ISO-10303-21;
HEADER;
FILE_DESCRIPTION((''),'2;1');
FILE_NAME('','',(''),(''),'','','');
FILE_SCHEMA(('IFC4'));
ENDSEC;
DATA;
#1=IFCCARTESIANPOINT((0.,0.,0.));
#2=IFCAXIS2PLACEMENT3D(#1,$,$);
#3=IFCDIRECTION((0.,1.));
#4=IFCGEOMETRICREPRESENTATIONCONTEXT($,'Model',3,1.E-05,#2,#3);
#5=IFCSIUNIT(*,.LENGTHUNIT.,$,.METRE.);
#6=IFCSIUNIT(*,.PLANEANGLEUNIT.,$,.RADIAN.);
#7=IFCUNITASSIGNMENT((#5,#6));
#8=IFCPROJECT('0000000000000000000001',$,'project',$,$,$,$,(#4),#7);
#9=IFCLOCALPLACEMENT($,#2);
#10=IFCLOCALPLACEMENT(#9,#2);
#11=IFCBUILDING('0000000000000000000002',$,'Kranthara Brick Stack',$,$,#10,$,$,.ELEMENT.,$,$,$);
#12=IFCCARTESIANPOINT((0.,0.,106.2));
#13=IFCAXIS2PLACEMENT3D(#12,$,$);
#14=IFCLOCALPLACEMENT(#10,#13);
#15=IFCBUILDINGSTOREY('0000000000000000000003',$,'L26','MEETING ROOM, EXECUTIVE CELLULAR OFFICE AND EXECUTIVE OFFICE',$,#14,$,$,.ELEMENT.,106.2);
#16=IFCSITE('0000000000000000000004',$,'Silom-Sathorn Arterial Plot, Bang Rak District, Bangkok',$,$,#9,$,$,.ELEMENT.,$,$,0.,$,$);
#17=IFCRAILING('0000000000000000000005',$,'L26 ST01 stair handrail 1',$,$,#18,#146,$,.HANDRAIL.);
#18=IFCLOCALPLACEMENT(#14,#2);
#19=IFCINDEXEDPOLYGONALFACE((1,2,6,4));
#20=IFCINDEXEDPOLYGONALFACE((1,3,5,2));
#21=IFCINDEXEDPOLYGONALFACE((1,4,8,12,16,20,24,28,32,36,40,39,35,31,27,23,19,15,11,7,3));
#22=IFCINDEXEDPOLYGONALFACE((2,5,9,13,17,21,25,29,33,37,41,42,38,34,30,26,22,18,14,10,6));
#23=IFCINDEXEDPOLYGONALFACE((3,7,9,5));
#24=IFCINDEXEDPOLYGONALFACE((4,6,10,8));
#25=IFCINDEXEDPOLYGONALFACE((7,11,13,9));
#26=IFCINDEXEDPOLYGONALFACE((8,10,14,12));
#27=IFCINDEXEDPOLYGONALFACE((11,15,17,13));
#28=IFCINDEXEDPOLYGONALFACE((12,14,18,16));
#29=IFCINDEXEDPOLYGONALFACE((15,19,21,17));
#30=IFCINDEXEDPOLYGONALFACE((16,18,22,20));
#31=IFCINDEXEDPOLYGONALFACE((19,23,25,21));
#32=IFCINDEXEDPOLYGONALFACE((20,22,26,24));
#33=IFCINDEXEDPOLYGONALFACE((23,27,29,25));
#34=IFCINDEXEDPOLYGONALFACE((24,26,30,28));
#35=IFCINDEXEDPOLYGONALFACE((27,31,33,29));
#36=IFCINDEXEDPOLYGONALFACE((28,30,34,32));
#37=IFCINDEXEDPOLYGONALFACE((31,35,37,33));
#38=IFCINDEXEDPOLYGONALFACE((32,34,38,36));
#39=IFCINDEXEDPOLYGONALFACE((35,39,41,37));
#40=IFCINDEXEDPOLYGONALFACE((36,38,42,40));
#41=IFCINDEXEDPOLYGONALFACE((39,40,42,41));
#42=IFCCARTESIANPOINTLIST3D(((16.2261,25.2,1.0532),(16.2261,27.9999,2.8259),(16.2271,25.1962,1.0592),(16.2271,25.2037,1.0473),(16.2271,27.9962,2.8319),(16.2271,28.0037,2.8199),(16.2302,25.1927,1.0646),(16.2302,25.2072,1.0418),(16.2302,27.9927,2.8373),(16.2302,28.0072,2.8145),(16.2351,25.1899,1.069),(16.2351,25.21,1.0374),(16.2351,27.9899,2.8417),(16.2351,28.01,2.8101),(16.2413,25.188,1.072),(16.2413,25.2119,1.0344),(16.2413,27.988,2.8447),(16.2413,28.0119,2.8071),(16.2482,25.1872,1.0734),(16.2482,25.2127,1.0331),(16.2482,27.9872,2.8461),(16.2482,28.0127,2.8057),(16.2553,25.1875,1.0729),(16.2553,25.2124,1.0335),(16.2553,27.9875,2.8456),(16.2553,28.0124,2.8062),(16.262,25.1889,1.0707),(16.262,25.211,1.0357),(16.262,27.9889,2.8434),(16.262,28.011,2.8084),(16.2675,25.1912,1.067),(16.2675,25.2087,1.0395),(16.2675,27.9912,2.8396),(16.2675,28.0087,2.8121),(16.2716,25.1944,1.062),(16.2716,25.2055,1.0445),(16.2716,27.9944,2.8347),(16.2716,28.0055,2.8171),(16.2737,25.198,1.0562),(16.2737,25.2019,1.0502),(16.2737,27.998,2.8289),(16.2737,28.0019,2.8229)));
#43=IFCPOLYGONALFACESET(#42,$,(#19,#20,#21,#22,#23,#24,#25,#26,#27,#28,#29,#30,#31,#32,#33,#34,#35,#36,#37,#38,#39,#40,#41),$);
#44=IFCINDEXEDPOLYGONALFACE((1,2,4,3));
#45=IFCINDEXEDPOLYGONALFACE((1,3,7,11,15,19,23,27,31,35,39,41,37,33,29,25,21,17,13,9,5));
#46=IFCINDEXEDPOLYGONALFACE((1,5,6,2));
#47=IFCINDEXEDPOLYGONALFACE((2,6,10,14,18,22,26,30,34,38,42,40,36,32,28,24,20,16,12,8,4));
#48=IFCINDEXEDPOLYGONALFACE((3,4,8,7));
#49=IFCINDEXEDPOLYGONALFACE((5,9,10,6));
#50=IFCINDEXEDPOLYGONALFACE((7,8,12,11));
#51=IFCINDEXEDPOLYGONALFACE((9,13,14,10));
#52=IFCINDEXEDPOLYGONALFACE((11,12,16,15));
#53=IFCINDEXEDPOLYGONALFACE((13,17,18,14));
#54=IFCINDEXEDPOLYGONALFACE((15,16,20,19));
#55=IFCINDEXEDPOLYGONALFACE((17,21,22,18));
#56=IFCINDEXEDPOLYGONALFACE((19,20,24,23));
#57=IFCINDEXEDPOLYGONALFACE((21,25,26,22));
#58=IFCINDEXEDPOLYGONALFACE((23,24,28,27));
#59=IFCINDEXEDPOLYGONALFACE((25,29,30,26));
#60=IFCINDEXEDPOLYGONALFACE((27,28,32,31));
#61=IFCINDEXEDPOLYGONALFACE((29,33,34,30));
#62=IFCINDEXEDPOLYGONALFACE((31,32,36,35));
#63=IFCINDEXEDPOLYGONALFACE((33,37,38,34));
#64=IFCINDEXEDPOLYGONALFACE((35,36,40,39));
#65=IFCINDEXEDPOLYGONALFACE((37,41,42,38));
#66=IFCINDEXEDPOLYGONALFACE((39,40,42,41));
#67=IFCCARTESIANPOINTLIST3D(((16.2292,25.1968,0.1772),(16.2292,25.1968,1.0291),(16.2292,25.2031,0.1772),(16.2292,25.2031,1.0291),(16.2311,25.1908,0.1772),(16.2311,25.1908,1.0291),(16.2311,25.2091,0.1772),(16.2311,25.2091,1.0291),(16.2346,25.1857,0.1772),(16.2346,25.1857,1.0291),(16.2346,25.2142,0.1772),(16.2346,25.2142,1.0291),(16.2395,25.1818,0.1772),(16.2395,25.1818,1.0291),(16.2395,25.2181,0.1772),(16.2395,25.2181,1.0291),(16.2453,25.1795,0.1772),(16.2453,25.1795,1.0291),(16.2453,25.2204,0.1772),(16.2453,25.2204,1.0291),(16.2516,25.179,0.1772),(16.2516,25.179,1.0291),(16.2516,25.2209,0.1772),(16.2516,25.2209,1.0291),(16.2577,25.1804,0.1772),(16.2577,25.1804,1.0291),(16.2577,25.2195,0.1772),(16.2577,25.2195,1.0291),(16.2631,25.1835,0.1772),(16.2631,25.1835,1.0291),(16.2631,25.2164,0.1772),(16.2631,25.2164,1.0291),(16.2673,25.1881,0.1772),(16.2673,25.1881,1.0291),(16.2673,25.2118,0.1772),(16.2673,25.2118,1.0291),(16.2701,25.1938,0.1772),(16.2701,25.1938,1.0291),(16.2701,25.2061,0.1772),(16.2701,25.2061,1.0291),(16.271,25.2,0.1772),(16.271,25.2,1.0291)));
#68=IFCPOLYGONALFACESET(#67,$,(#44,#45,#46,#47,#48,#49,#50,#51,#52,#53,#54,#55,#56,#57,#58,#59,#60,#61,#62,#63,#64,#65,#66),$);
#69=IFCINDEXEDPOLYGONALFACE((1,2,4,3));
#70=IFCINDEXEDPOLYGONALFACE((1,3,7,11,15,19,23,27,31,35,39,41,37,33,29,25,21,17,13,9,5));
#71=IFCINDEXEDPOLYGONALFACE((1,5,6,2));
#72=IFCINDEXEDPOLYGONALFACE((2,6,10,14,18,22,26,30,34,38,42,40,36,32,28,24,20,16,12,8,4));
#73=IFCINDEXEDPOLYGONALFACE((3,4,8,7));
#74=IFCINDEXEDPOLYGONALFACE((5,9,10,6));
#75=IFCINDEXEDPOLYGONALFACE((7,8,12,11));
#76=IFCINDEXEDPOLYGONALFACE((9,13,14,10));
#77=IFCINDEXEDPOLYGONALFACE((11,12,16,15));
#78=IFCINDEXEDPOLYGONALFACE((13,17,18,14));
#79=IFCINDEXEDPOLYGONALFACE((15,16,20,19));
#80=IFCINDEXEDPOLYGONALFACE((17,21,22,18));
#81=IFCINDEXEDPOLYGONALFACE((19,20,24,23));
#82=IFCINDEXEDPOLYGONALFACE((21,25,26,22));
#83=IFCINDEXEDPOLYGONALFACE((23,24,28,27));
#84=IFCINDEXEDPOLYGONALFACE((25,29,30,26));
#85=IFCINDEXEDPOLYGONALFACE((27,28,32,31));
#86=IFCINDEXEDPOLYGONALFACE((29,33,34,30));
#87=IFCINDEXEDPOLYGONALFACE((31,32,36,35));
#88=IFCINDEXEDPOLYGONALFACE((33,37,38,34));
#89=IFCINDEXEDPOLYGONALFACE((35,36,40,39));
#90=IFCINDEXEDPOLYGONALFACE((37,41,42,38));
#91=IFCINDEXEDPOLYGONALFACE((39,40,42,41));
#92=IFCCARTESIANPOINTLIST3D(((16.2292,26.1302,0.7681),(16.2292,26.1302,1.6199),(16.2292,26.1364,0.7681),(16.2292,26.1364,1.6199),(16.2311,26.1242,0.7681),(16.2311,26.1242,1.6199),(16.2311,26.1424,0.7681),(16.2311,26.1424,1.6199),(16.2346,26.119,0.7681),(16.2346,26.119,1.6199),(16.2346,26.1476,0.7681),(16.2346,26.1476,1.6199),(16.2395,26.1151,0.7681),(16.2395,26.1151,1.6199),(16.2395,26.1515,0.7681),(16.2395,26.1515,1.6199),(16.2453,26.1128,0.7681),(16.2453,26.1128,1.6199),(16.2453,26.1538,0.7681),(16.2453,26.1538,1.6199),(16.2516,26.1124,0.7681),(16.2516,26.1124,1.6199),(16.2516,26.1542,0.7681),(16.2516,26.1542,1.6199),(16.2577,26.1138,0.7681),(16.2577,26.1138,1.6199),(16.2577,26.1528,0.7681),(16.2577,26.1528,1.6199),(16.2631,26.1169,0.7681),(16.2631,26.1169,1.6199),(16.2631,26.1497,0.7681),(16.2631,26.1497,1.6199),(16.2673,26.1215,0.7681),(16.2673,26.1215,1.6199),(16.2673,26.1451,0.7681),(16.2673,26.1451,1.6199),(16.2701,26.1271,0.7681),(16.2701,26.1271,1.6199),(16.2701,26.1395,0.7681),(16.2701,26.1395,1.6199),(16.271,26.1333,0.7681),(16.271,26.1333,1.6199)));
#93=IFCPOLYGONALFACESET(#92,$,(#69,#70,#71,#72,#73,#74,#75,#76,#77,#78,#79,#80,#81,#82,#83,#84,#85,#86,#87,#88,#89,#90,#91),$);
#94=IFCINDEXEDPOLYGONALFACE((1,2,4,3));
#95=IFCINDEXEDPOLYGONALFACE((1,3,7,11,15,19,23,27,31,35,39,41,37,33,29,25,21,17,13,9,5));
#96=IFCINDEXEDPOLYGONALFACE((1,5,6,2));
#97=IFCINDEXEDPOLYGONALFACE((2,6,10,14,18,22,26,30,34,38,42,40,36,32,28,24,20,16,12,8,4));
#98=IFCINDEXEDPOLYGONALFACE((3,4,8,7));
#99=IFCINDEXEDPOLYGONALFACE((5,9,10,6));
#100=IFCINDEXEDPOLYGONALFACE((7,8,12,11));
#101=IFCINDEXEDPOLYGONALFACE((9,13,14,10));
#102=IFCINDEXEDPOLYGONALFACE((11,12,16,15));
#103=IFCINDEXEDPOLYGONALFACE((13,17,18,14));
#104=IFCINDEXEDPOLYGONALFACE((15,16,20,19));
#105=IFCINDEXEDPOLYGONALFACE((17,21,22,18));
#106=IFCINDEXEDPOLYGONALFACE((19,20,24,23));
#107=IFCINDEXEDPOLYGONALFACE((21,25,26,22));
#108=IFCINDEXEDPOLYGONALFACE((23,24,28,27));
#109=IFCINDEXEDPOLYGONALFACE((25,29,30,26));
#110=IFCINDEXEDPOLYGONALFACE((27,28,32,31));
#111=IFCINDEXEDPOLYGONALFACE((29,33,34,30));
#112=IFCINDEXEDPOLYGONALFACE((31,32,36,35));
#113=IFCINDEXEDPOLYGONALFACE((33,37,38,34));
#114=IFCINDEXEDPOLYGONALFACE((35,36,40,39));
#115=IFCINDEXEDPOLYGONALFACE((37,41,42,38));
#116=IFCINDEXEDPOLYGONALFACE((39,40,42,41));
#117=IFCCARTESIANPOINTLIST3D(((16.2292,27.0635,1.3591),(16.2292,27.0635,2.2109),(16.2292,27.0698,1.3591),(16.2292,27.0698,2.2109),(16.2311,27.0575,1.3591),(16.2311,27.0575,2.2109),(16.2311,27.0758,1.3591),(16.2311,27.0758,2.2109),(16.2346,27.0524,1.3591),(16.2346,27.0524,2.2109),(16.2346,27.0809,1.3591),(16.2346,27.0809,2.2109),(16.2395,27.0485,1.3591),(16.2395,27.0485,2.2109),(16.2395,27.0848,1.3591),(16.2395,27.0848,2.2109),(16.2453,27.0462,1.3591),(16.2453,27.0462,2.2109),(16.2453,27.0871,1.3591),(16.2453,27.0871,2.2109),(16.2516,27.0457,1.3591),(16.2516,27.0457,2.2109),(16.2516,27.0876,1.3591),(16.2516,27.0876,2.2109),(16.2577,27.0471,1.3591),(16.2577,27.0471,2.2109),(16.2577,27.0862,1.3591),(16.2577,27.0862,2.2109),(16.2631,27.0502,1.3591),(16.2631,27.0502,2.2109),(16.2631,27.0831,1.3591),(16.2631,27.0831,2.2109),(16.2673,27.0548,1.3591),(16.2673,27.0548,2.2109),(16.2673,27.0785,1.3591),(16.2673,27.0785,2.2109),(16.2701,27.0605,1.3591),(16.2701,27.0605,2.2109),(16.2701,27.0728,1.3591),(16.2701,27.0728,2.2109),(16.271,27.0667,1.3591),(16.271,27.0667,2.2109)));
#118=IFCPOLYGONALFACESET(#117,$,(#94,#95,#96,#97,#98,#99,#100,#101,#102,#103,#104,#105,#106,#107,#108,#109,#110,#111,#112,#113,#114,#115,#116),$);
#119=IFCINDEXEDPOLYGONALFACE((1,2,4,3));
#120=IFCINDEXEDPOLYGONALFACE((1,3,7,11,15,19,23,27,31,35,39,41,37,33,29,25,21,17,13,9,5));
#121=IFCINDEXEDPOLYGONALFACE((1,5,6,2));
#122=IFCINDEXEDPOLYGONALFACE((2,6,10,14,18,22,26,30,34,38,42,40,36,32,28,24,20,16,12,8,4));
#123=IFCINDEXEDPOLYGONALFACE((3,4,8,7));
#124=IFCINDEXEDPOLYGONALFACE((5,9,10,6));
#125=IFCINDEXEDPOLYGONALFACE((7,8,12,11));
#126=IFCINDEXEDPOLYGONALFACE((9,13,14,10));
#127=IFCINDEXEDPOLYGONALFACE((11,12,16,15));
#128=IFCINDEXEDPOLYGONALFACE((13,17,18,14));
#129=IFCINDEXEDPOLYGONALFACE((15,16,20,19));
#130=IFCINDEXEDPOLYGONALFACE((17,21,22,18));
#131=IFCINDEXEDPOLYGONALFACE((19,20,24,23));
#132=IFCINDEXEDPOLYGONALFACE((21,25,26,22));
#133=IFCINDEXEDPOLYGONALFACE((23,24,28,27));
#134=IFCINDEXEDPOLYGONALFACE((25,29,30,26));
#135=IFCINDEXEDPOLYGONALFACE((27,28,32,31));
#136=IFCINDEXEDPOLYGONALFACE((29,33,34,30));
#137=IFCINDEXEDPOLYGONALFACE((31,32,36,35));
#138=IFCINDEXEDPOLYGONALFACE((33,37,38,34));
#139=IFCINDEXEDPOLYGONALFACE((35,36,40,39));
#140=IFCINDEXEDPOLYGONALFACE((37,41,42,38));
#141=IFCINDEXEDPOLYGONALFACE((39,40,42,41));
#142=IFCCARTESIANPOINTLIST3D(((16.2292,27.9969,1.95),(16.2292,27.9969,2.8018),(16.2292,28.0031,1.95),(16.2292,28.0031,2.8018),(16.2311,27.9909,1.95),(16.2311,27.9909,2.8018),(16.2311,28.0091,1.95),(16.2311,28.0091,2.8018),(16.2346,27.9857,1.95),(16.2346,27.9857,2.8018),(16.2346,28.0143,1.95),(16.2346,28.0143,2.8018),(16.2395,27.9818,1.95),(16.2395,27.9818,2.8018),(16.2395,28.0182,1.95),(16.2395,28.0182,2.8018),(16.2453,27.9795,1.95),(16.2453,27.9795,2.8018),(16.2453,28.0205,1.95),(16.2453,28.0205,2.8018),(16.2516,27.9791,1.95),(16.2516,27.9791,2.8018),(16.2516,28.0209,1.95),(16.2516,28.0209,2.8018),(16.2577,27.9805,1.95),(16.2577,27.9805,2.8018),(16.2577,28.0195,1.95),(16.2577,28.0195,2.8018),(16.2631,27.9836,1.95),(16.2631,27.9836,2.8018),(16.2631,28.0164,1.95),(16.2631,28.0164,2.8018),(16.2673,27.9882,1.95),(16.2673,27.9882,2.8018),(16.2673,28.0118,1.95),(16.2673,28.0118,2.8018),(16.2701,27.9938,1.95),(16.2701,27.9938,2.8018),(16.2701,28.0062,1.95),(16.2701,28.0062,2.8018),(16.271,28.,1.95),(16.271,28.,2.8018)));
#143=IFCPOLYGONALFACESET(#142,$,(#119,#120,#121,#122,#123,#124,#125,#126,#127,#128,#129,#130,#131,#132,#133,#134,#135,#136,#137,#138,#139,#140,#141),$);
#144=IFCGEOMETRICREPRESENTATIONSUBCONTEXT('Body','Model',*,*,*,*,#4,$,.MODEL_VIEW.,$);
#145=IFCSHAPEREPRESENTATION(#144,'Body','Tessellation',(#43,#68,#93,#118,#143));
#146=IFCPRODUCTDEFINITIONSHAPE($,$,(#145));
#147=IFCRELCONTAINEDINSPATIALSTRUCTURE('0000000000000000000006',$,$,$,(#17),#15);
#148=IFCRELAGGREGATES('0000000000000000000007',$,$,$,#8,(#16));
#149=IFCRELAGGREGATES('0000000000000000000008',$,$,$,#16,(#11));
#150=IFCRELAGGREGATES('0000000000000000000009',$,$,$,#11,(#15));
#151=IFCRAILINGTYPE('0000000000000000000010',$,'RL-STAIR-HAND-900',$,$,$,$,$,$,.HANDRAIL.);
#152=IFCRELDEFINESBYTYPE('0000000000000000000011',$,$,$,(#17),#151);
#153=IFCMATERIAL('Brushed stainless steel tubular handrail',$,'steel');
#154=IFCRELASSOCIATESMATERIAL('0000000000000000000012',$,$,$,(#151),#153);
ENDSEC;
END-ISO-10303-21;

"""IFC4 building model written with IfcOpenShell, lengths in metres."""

from ifc_helpers import new_model, si_unit, direction, frame, origin, origin_2d, place, context, subcontext, project, spatial, circle, extrude, material, type_object, element, save


model = new_model("IFC4")

# Units and contexts
model_context = context("Model", 3, precision=1e-05, world=origin(), true_north=direction((0.0, 1.0)))
body_context = subcontext(model_context, "Body", "Model", "MODEL_VIEW")
ifc_project = project(units=[si_unit("LENGTHUNIT", "METRE"), si_unit("PLANEANGLEUNIT", "RADIAN")], contexts=[model_context])

# Site, building, storey
site_placement = place(None, origin())
site = spatial("IfcSite", under=ifc_project, at=site_placement, Name="Silom-Sathorn Arterial Plot, Bang Rak District, Bangkok", CompositionType="ELEMENT", RefElevation=0.0)
building_placement = place(site_placement, origin())
building = spatial("IfcBuilding", under=site, at=building_placement, Name="Kranthara Brick Stack", CompositionType="ELEMENT")
storey_placement = place(building_placement, frame((0.0, 0.0, 106.2)))
storey = spatial("IfcBuildingStorey", under=building, at=storey_placement, Name="L26", Description="MEETING ROOM, EXECUTIVE CELLULAR OFFICE AND EXECUTIVE OFFICE", CompositionType="ELEMENT", Elevation=106.2)

# Railing
ifc_material_1 = material(Name="Brushed stainless steel tubular handrail", Category="steel")
railing_type_1 = type_object("IfcRailingType", Name="RL-STAIR-HAND-900", PredefinedType="HANDRAIL", material=ifc_material_1)
railing_1_placement = place(storey_placement, frame((16.25, 25.2, 0.1772)))
element("IfcRailing", 1, at=railing_1_placement, inside=storey, type_object=railing_type_1, Name="L26 ST01 stair handrail 1", PredefinedType="HANDRAIL", context=body_context, shape_type="SweptSolid", body=[
    extrude(circle(Radius=0.0239, at=origin_2d()), frame((0.0, 0.0, 0.876), z_axis=(0.0, 0.844909, 0.53491), x_axis=(-1.0, 0.0, 0.0)), (0.0, 0.0, 1.0), 3.314),
    extrude(circle(Radius=0.021, at=origin_2d()), origin(), (0.0, 0.0, 1.0), 0.8518),
    extrude(circle(Radius=0.021, at=origin_2d()), frame((0.0, 0.9333, 0.5908)), (0.0, 0.0, 1.0), 0.8518),
    extrude(circle(Radius=0.021, at=origin_2d()), frame((0.0, 1.8667, 1.1819)), (0.0, 0.0, 1.0), 0.8518),
    extrude(circle(Radius=0.021, at=origin_2d()), frame((0.0, 2.8, 1.7727)), (0.0, 0.0, 1.0), 0.8518),
])

save(model, "model.ifc")
